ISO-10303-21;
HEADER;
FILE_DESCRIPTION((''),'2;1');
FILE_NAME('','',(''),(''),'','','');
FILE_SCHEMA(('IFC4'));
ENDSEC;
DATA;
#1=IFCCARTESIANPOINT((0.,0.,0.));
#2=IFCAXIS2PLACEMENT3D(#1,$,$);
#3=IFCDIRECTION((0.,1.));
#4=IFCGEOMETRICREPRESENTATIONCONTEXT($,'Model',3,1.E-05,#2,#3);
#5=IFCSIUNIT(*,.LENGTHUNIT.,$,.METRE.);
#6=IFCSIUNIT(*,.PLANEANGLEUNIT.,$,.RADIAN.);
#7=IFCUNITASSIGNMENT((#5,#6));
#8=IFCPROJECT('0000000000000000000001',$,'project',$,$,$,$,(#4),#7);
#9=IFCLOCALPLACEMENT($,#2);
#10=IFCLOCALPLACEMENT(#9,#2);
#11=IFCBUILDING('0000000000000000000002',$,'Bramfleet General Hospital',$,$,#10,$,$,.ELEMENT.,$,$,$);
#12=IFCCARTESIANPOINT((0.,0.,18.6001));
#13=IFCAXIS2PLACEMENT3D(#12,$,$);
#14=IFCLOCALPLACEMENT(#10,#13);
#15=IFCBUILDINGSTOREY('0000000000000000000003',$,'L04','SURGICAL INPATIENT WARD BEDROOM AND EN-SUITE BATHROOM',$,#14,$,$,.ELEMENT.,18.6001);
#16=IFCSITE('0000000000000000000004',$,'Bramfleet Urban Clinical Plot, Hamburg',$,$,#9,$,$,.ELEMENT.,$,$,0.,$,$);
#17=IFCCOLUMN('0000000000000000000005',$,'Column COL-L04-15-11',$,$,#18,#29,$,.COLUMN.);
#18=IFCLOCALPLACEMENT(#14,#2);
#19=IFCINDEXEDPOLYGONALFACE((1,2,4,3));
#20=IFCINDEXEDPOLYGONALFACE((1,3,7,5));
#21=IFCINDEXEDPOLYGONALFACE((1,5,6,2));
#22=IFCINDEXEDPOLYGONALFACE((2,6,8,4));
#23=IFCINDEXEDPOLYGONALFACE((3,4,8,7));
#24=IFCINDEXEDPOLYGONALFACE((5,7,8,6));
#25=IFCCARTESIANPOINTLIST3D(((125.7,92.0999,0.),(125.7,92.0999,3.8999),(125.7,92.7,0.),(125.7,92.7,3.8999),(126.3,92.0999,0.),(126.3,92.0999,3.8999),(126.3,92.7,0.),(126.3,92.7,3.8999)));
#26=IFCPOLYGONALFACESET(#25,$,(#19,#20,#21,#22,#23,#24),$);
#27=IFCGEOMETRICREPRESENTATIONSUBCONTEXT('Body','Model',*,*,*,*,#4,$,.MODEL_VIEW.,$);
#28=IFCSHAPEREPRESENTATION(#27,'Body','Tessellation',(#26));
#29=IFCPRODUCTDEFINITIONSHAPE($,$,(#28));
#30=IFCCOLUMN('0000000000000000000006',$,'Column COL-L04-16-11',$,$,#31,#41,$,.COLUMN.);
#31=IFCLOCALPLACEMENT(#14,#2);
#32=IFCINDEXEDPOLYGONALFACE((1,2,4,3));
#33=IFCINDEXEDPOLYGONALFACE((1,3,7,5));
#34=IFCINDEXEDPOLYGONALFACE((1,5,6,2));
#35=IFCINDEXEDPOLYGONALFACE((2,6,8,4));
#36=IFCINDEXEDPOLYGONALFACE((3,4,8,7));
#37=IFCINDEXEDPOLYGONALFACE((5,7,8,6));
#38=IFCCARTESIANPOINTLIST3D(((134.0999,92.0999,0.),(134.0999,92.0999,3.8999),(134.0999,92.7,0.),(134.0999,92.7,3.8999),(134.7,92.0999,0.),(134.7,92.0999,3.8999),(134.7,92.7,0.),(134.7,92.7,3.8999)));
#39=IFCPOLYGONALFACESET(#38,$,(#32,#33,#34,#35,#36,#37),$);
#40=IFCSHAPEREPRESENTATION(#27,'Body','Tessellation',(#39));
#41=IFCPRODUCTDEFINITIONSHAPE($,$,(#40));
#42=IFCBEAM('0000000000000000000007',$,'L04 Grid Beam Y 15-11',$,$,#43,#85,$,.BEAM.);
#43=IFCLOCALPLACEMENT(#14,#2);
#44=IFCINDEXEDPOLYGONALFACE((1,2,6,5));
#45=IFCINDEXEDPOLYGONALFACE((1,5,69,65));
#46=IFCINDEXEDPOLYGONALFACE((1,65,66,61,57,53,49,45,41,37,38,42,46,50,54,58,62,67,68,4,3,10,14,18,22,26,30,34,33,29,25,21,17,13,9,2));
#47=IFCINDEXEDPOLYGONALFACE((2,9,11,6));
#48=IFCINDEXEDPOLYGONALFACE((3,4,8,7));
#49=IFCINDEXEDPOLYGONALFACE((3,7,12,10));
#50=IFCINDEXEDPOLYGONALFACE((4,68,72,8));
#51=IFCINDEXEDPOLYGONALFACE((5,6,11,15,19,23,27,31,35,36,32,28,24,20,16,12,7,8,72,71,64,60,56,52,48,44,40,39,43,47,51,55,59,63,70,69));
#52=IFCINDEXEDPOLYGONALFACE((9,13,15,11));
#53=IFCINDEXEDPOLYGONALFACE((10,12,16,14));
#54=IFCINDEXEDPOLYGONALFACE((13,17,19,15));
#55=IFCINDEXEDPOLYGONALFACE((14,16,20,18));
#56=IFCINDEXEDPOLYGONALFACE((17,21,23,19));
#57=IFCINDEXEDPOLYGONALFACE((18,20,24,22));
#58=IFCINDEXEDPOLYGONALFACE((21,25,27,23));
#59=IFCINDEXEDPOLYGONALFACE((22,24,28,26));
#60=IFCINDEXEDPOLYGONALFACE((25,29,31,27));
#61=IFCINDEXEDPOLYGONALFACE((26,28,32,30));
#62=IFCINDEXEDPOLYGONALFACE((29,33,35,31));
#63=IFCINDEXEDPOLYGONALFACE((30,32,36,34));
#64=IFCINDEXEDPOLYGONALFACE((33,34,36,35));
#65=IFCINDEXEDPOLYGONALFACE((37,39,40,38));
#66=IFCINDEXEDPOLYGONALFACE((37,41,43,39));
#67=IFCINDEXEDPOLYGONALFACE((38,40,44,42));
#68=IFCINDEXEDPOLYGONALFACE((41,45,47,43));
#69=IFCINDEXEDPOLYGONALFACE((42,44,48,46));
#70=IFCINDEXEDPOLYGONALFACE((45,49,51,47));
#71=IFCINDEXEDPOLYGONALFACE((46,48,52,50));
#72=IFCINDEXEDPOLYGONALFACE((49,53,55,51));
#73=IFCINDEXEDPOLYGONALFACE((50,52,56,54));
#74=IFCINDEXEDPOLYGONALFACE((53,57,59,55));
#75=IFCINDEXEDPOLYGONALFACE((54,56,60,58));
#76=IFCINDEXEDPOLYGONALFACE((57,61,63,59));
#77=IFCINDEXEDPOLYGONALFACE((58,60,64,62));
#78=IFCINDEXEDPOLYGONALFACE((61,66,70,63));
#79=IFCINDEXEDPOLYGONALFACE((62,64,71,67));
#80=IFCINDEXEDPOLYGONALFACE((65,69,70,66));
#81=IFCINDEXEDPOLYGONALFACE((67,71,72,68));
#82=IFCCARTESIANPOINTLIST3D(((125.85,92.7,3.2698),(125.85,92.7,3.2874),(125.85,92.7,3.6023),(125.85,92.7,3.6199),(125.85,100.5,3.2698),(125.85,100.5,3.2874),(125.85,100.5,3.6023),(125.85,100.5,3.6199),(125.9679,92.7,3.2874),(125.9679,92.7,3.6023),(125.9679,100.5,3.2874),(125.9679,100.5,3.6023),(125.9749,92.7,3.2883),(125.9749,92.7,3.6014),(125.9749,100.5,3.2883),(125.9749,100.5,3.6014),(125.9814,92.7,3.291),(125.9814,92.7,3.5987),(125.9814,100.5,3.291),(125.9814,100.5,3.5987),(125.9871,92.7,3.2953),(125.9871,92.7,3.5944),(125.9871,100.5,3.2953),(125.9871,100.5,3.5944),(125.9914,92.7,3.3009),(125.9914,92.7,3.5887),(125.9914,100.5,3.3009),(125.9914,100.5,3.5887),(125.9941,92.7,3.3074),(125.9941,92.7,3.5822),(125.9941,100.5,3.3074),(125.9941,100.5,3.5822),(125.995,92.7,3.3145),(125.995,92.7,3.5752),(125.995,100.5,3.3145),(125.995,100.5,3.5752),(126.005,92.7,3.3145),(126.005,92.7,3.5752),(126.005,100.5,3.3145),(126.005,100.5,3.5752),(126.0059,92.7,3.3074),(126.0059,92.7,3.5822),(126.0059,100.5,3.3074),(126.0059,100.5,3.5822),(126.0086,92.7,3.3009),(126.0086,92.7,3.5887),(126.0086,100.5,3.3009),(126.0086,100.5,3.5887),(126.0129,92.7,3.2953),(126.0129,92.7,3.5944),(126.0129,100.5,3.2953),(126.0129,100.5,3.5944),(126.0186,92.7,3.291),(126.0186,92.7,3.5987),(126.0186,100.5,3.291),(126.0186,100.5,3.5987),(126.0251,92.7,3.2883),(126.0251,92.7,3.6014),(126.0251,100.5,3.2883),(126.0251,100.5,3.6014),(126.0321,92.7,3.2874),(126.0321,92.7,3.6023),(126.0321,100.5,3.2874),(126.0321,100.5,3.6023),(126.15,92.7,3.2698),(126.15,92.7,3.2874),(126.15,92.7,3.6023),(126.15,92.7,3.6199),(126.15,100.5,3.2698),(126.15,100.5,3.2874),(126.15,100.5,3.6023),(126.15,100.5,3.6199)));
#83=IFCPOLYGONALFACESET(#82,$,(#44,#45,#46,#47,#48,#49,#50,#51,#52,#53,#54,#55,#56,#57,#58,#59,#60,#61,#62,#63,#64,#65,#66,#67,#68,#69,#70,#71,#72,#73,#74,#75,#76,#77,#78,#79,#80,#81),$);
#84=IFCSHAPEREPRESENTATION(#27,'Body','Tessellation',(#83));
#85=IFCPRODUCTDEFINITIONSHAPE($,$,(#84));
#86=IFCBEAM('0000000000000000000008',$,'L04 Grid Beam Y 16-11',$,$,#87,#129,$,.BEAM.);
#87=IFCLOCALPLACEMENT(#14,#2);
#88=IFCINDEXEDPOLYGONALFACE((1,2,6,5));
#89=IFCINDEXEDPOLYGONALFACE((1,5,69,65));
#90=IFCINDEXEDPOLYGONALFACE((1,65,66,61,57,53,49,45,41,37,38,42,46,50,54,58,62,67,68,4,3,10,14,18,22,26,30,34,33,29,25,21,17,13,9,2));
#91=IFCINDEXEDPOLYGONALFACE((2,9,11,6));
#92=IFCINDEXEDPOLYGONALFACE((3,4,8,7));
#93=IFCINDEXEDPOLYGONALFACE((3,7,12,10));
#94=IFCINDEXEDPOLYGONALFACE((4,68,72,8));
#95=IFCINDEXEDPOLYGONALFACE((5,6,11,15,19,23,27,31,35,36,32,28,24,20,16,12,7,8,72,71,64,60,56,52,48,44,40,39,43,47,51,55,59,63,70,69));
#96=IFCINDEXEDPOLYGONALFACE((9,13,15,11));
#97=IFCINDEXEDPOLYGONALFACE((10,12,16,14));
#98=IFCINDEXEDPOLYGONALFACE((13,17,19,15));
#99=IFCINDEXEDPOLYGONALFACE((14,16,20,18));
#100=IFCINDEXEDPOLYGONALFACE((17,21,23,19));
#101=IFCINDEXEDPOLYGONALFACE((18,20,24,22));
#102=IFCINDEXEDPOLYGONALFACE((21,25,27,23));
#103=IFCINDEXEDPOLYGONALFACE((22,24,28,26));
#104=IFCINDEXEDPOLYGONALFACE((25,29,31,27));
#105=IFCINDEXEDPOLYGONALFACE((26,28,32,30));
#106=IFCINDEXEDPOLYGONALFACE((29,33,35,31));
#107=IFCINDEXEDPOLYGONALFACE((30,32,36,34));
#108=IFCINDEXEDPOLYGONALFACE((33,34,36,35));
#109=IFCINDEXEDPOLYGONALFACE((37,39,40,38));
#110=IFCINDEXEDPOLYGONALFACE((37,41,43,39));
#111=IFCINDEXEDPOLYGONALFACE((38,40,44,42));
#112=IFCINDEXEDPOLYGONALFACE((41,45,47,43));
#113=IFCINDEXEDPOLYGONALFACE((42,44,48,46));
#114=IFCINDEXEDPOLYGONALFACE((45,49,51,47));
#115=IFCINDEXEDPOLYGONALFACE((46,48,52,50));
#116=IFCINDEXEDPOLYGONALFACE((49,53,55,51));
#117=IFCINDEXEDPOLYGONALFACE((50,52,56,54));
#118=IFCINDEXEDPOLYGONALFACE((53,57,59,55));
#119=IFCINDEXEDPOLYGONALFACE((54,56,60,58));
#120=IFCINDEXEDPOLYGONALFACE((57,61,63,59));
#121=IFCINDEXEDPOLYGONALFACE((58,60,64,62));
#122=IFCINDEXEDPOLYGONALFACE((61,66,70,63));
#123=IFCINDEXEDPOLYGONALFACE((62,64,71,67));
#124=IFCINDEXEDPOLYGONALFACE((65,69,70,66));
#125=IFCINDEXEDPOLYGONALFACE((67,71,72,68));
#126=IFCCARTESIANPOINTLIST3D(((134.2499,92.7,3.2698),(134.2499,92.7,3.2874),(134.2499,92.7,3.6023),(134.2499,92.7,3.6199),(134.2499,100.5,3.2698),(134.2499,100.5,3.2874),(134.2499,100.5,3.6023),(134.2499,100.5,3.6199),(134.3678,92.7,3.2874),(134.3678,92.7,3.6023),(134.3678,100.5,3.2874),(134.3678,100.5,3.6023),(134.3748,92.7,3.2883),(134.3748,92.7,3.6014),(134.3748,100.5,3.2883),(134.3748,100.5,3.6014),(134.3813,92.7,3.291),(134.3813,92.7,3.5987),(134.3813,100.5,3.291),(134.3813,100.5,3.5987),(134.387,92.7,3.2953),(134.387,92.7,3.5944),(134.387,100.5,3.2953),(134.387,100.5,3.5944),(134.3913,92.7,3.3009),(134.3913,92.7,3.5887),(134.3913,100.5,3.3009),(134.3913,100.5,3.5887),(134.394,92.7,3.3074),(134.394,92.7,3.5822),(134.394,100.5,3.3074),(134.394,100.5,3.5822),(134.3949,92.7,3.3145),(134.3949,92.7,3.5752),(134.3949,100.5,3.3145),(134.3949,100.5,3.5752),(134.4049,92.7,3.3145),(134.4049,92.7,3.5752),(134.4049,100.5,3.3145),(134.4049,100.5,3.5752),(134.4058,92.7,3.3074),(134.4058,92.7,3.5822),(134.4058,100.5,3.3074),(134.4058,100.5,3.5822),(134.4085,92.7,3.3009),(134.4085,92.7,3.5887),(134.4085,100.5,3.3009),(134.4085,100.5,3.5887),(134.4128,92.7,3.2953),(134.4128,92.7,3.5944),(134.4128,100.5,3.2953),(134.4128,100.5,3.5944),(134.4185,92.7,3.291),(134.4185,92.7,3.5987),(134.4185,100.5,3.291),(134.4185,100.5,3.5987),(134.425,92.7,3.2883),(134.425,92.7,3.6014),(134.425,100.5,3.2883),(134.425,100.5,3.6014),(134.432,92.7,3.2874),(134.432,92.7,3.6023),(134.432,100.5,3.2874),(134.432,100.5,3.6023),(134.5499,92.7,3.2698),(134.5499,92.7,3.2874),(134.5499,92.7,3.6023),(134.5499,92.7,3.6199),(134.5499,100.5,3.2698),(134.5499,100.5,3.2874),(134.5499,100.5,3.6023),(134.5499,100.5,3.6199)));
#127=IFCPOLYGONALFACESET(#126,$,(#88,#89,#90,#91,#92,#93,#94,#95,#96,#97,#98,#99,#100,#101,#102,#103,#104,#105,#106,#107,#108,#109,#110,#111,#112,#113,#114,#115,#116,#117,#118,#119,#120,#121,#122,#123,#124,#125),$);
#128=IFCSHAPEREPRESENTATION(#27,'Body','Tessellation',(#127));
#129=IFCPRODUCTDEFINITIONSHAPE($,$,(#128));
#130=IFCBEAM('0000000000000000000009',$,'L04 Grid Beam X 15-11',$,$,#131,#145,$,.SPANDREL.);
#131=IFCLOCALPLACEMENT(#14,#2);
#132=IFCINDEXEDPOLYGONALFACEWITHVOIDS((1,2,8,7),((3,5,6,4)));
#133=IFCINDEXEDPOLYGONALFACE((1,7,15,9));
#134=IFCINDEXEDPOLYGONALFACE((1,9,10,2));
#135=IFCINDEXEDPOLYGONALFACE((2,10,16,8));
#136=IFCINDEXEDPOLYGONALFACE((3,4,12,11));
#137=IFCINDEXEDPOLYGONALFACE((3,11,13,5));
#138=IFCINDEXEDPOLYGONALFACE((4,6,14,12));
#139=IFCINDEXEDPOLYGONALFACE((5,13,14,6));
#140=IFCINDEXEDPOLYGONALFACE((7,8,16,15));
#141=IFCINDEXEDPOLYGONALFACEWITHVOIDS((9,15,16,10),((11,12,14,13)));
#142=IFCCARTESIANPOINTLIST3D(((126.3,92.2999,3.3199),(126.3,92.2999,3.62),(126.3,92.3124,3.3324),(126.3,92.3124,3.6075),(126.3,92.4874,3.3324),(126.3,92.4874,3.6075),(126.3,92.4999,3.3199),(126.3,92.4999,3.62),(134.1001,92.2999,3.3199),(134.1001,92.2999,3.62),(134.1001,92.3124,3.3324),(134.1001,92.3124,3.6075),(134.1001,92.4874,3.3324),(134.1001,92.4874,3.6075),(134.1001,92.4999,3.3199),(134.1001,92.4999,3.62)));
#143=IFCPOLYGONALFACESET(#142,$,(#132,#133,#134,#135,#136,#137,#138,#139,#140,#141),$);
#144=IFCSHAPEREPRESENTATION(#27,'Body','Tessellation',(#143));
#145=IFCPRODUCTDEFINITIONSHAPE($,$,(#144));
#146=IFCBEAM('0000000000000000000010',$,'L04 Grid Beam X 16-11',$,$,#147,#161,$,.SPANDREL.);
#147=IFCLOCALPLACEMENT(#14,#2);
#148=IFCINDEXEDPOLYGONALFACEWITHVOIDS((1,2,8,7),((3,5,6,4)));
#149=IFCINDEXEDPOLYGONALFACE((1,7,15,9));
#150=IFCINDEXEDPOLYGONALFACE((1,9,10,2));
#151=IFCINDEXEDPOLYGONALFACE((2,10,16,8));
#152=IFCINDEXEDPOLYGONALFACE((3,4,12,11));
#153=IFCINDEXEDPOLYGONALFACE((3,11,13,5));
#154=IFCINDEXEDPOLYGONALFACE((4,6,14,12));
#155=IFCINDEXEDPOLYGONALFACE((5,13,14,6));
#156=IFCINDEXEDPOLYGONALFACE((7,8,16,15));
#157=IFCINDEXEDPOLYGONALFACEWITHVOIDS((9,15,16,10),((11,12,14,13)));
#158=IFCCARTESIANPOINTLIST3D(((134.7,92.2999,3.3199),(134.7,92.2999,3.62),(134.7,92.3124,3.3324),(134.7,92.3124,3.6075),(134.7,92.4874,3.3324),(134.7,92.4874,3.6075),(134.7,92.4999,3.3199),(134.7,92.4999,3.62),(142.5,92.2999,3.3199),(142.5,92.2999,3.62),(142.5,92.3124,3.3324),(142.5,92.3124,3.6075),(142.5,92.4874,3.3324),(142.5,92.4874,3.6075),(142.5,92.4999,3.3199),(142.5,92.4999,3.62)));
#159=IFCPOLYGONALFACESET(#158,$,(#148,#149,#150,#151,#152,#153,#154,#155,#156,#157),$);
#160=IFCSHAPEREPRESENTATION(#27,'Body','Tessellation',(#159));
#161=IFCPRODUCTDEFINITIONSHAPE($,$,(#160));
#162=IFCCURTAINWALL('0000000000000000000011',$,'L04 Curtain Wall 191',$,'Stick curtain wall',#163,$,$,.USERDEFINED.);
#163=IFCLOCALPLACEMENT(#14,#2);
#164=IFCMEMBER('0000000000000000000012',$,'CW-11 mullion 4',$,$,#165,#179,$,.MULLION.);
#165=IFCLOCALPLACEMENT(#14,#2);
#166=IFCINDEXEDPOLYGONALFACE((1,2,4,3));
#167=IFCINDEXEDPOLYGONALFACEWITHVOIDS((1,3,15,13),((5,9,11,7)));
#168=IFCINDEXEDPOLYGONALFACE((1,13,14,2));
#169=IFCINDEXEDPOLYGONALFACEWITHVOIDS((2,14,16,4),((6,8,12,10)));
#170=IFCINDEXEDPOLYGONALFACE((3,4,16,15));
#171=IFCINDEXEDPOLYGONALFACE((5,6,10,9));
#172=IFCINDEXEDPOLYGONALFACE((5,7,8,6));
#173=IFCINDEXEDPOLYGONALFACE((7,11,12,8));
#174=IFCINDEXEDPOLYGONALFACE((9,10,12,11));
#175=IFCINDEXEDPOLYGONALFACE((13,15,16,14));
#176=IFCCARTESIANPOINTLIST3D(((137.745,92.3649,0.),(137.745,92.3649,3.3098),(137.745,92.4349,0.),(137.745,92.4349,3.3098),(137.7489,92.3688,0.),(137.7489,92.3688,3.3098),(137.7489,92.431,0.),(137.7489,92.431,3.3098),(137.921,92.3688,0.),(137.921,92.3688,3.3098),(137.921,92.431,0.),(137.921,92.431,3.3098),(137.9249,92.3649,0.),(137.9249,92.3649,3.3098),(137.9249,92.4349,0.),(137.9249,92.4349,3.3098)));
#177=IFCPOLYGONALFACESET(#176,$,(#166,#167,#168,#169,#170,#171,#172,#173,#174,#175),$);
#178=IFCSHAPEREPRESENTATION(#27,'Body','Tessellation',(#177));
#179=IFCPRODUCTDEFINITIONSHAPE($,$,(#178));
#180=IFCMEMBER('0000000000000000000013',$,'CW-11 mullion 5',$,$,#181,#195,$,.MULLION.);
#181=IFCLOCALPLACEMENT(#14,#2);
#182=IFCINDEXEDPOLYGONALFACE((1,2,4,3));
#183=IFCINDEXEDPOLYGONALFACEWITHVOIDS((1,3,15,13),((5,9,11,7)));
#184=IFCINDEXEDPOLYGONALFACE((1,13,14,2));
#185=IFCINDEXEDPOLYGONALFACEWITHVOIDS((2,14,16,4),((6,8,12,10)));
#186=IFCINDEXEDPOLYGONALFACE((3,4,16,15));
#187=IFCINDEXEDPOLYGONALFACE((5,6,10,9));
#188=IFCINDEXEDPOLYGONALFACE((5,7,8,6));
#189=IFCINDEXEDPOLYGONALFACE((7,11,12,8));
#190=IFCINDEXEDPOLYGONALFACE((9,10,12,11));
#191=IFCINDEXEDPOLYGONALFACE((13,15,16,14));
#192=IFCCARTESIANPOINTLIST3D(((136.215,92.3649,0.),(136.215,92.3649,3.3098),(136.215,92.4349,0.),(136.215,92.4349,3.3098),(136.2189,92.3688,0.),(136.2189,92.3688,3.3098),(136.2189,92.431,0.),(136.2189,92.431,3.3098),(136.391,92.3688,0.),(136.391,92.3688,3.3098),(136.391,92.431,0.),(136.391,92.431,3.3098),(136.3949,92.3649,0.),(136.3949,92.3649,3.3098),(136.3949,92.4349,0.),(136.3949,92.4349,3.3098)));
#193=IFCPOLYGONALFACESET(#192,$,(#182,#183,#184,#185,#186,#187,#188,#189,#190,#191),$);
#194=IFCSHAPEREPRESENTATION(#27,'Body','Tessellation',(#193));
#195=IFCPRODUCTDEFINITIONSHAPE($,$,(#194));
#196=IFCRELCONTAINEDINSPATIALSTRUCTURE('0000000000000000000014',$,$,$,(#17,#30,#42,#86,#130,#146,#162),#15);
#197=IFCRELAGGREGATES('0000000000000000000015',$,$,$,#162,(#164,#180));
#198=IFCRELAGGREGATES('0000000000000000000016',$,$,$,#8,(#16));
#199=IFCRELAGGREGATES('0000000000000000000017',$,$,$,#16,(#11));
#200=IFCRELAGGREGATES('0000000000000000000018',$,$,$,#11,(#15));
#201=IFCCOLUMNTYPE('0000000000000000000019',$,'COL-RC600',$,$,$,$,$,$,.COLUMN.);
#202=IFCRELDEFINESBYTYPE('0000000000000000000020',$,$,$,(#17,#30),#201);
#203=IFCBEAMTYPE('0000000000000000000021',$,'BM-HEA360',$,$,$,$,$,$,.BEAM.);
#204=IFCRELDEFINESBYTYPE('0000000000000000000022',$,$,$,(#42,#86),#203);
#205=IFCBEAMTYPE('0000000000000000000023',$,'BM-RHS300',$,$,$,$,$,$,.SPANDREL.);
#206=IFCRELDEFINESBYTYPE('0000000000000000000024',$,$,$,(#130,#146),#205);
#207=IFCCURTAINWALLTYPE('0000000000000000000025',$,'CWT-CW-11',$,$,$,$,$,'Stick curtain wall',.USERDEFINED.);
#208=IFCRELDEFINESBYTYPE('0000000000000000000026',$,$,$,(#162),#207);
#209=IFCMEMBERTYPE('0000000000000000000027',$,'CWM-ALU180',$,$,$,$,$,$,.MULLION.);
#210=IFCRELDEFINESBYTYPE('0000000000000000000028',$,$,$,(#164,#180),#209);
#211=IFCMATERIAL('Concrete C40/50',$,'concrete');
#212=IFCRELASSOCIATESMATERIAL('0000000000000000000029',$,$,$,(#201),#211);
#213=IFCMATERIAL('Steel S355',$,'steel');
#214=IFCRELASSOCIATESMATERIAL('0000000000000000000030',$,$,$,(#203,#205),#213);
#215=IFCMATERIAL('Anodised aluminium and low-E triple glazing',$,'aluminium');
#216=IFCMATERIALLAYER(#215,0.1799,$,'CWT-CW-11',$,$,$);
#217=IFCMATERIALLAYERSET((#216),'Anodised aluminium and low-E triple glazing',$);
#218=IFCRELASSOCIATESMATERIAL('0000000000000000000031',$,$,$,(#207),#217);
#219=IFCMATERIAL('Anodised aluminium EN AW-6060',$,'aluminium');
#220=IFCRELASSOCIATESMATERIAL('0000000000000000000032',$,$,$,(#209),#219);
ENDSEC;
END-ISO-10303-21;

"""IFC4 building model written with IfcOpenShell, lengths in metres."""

from ifc_helpers import new_model, si_unit, direction, frame, origin, origin_2d, place, context, subcontext, project, spatial, rectangle, hollow_rectangle, i_section, extrude, material, layer, layer_set, material_profile, profile_set, type_object, element, aggregate, save


model = new_model("IFC4")

# Units and contexts
model_context = context("Model", 3, precision=1e-05, world=origin(), true_north=direction((0.0, 1.0)))
body_context = subcontext(model_context, "Body", "Model", "MODEL_VIEW")
ifc_project = project(units=[si_unit("LENGTHUNIT", "METRE"), si_unit("PLANEANGLEUNIT", "RADIAN")], contexts=[model_context])

# Site, building, storey
site_placement = place(None, origin())
site = spatial("IfcSite", under=ifc_project, at=site_placement, Name="Bramfleet Urban Clinical Plot, Hamburg", CompositionType="ELEMENT", RefElevation=0.0)
building_placement = place(site_placement, origin())
building = spatial("IfcBuilding", under=site, at=building_placement, Name="Bramfleet General Hospital", CompositionType="ELEMENT")
storey_placement = place(building_placement, frame((0.0, 0.0, 18.6001)))
storey = spatial("IfcBuildingStorey", under=building, at=storey_placement, Name="L04", Description="SURGICAL INPATIENT WARD BEDROOM AND EN-SUITE BATHROOM", CompositionType="ELEMENT", Elevation=18.6001)

# Columns
ifc_material_1 = material(Name="Concrete C40/50", Category="concrete")
ifc_material_profile_1 = material_profile(ifc_material_1, rectangle(XDim=0.6001, YDim=0.6001, at=origin_2d()), Name="RC COL 600x600")
ifc_profile_set_1 = profile_set([ifc_material_profile_1], Name="Concrete C40/50")
column_type = type_object("IfcColumnType", Name="COL-RC600", PredefinedType="COLUMN", material=ifc_profile_set_1)
for number, where, z_axis, x_axis, name in (
    (1, (126.0, 92.3999, 0.0), (0.0, 0.0, 1.0), (1.0, 0.0, 0.0), "Column COL-L04-15-11"),
    (2, (134.3999, 92.3999, 0.0), (0.0, 0.0, 1.0), (1.0, 0.0, 0.0), "Column COL-L04-16-11"),
):
    element("IfcColumn", number, at=place(storey_placement, frame(where, z_axis=z_axis, x_axis=x_axis)), inside=storey, type_object=column_type, Name=name, PredefinedType="COLUMN", context=body_context, shape_type="SweptSolid", body=[
        extrude(rectangle(XDim=0.6001, YDim=0.6001, at=origin_2d()), origin(), (0.0, 0.0, 1.0), 3.8999),
    ])

# Beams
ifc_material_2 = material(Name="Steel S355", Category="steel")
ifc_material_profile_2 = material_profile(ifc_material_2, i_section(OverallWidth=0.3, OverallDepth=0.3501, WebThickness=0.01, FlangeThickness=0.0176, FilletRadius=0.0271, at=origin_2d()), Name="HEA 360")
ifc_profile_set_2 = profile_set([ifc_material_profile_2], Name="Steel S355")
beam_type_1 = type_object("IfcBeamType", Name="BM-HEA360", PredefinedType="BEAM", material=ifc_profile_set_2)
for number, where, z_axis, x_axis, name in (
    (3, (126.0, 92.7, 3.4448), (0.0, 1.0, 0.0), (-1.0, 0.0, 0.0), "L04 Grid Beam Y 15-11"),
    (4, (134.3999, 92.7, 3.4448), (0.0, 1.0, 0.0), (-1.0, 0.0, 0.0), "L04 Grid Beam Y 16-11"),
):
    element("IfcBeam", number, at=place(storey_placement, frame(where, z_axis=z_axis, x_axis=x_axis)), inside=storey, type_object=beam_type_1, Name=name, PredefinedType="BEAM", context=body_context, shape_type="SweptSolid", body=[
        extrude(i_section(OverallWidth=0.3, OverallDepth=0.3501, WebThickness=0.01, FlangeThickness=0.0176, FilletRadius=0.0271, at=origin_2d()), origin(), (0.0, 0.0, 1.0), 7.8),
    ])
ifc_material_profile_3 = material_profile(ifc_material_2, hollow_rectangle(XDim=0.2, YDim=0.3, WallThickness=0.0125, at=origin_2d()), Name="RHS 300x200x12.5")
ifc_profile_set_3 = profile_set([ifc_material_profile_3], Name="Steel S355")
beam_type_2 = type_object("IfcBeamType", Name="BM-RHS300", PredefinedType="SPANDREL", material=ifc_profile_set_3)
for number, where, z_axis, x_axis, name in (
    (5, (126.3, 92.3999, 3.47), (1.0, 0.0, 0.0), (0.0, 1.0, 0.0), "L04 Grid Beam X 15-11"),
    (6, (134.7, 92.3999, 3.47), (1.0, 0.0, 0.0), (0.0, 1.0, 0.0), "L04 Grid Beam X 16-11"),
):
    element("IfcBeam", number, at=place(storey_placement, frame(where, z_axis=z_axis, x_axis=x_axis)), inside=storey, type_object=beam_type_2, Name=name, PredefinedType="SPANDREL", context=body_context, shape_type="SweptSolid", body=[
        extrude(hollow_rectangle(XDim=0.2, YDim=0.3, WallThickness=0.0125, at=origin_2d()), origin(), (0.0, 0.0, 1.0), 7.8),
    ])

# Curtain wall, members
ifc_material_3 = material(Name="Anodised aluminium and low-E triple glazing", Category="aluminium")
ifc_layer_1 = layer(ifc_material_3, 0.1799, Name="CWT-CW-11")
ifc_layer_set_1 = layer_set([ifc_layer_1], Name="Anodised aluminium and low-E triple glazing")
curtain_wall_type = type_object("IfcCurtainWallType", Name="CWT-CW-11", ElementType="Stick curtain wall", PredefinedType="USERDEFINED", material=ifc_layer_set_1)
curtain_wall_placement = place(storey_placement, origin())
curtain_wall = element("IfcCurtainWall", 7, at=curtain_wall_placement, inside=storey, type_object=curtain_wall_type, Name="L04 Curtain Wall 191", ObjectType="Stick curtain wall", PredefinedType="USERDEFINED")
ifc_material_4 = material(Name="Anodised aluminium EN AW-6060", Category="aluminium")
ifc_material_profile_4 = material_profile(ifc_material_4, hollow_rectangle(XDim=0.0701, YDim=0.1799, WallThickness=0.0039, at=origin_2d()), Name="ALU 180x70x4.0")
ifc_profile_set_4 = profile_set([ifc_material_profile_4], Name="Anodised aluminium EN AW-6060")
member_type_1 = type_object("IfcMemberType", Name="CWM-ALU180", PredefinedType="MULLION", material=ifc_profile_set_4)
member_1_placement = place(storey_placement, frame((137.835, 92.3999, 0.0), z_axis=(0.0, 0.0, 1.0), x_axis=(0.0, -1.0, 0.0)))
member_1 = element("IfcMember", 8, at=member_1_placement, type_object=member_type_1, Name="CW-11 mullion 4", PredefinedType="MULLION", context=body_context, shape_type="SweptSolid", body=[
    extrude(hollow_rectangle(XDim=0.0701, YDim=0.1799, WallThickness=0.0039, at=origin_2d()), origin(), (0.0, 0.0, 1.0), 3.3098),
])
member_2_placement = place(storey_placement, frame((136.3049, 92.3999, 0.0), z_axis=(0.0, 0.0, 1.0), x_axis=(0.0, -1.0, 0.0)))
member_2 = element("IfcMember", 9, at=member_2_placement, type_object=member_type_1, Name="CW-11 mullion 5", PredefinedType="MULLION", context=body_context, shape_type="SweptSolid", body=[
    extrude(hollow_rectangle(XDim=0.0701, YDim=0.1799, WallThickness=0.0039, at=origin_2d()), origin(), (0.0, 0.0, 1.0), 3.3098),
])
aggregate(curtain_wall, [member_1, member_2])

save(model, "model.ifc")
